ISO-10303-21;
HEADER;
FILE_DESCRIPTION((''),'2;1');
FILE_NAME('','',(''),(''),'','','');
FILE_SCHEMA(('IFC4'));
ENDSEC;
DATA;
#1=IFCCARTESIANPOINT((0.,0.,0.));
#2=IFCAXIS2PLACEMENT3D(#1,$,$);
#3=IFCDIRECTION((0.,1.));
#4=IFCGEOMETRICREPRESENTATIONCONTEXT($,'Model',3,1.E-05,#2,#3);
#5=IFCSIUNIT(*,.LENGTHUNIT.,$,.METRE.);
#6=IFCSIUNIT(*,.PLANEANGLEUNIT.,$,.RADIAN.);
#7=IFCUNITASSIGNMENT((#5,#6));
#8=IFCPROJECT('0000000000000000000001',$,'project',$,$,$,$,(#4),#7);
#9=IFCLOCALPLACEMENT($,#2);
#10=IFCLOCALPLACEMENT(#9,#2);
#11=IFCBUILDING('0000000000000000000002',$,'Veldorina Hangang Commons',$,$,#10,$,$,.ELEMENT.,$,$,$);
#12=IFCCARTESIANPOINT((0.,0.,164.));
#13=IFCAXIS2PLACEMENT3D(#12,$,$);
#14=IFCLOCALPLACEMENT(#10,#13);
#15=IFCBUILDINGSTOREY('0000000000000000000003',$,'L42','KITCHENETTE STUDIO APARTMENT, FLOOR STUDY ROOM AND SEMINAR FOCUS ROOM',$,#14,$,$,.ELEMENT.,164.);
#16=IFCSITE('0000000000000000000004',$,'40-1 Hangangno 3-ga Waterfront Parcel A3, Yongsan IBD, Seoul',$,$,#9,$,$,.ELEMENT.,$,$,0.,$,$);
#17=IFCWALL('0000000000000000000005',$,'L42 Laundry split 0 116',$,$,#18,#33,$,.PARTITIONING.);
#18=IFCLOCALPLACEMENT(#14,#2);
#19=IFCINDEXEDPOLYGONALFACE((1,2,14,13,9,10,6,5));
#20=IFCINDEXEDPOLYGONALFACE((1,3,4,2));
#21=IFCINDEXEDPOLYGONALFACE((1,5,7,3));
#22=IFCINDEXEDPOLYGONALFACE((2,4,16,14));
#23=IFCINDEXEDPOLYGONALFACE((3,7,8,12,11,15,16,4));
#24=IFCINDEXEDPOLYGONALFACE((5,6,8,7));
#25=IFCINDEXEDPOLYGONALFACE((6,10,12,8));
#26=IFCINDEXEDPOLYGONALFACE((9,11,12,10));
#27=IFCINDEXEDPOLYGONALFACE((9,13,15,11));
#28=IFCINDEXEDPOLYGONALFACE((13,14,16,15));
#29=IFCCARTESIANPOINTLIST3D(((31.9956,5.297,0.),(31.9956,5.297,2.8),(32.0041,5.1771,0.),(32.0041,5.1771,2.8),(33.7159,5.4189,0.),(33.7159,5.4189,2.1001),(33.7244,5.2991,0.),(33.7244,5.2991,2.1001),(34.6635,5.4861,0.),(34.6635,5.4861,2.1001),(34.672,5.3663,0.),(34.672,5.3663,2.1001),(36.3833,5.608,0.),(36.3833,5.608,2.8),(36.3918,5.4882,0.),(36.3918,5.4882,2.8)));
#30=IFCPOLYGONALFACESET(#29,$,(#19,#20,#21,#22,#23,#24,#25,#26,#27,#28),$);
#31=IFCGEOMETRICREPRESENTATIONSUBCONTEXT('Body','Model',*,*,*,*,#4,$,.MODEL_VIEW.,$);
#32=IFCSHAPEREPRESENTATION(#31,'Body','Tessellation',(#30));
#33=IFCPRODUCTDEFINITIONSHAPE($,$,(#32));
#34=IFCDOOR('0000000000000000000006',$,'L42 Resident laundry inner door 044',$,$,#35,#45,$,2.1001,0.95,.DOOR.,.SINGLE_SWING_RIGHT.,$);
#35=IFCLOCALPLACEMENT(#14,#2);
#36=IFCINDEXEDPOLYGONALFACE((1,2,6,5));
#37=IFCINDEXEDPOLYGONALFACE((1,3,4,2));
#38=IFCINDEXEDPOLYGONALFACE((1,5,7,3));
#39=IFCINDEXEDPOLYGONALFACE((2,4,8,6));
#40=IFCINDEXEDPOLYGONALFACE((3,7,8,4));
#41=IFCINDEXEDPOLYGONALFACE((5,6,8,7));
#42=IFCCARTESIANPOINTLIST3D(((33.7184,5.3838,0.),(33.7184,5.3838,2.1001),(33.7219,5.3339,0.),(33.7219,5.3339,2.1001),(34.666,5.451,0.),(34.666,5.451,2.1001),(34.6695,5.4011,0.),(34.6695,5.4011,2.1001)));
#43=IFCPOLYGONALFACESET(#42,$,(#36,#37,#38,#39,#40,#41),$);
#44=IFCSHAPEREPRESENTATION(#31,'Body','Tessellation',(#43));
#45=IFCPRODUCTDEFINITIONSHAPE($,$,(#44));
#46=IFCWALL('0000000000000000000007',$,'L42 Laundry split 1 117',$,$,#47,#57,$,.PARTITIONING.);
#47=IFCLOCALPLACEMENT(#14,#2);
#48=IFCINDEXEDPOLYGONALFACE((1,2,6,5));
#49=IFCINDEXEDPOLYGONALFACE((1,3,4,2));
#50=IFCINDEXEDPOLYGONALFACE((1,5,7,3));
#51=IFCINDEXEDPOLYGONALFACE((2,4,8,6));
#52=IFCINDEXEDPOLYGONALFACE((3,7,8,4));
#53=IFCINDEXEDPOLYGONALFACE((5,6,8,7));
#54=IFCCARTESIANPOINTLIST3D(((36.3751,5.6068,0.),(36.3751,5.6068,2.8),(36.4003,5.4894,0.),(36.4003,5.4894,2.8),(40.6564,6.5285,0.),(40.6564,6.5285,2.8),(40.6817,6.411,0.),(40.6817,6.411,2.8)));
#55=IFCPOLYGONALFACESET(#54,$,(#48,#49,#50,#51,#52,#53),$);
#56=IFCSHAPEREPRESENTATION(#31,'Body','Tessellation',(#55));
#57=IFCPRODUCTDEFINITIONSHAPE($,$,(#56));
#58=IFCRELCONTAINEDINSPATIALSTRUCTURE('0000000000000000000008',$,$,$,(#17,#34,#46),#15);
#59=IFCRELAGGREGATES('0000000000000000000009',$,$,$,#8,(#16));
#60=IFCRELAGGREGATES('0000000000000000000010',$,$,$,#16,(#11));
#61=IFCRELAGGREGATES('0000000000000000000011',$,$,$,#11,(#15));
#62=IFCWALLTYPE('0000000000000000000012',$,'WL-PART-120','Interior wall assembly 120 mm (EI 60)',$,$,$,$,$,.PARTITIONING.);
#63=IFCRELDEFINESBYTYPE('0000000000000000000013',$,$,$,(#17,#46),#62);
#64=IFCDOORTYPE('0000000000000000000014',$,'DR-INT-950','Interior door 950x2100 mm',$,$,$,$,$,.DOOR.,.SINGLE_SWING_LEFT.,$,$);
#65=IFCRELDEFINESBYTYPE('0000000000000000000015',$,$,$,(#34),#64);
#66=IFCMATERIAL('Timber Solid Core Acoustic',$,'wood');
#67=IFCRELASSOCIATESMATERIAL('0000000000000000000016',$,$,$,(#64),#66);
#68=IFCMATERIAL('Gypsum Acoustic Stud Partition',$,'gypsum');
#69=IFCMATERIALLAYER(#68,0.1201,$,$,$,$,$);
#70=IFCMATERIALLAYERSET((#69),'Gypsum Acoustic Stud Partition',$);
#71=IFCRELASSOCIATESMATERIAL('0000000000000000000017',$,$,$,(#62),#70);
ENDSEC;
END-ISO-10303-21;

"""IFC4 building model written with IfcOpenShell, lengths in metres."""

from ifc_helpers import new_model, si_unit, direction, frame, frame_2d, origin, place, context, subcontext, project, spatial, rectangle, extrude, material, layer, layer_set, type_object, element, fill, save


model = new_model("IFC4")

# Units and contexts
model_context = context("Model", 3, precision=1e-05, world=origin(), true_north=direction((0.0, 1.0)))
body_context = subcontext(model_context, "Body", "Model", "MODEL_VIEW")
ifc_project = project(units=[si_unit("LENGTHUNIT", "METRE"), si_unit("PLANEANGLEUNIT", "RADIAN")], contexts=[model_context])

# Site, building, storey
site_placement = place(None, origin())
site = spatial("IfcSite", under=ifc_project, at=site_placement, Name="40-1 Hangangno 3-ga Waterfront Parcel A3, Yongsan IBD, Seoul", CompositionType="ELEMENT", RefElevation=0.0)
building_placement = place(site_placement, origin())
building = spatial("IfcBuilding", under=site, at=building_placement, Name="Veldorina Hangang Commons", CompositionType="ELEMENT")
storey_placement = place(building_placement, frame((0.0, 0.0, 164.0)))
storey = spatial("IfcBuildingStorey", under=building, at=storey_placement, Name="L42", Description="KITCHENETTE STUDIO APARTMENT, FLOOR STUDY ROOM AND SEMINAR FOCUS ROOM", CompositionType="ELEMENT", Elevation=164.0)

# Shared definitions
ifc_material_1 = material(Name="Timber Solid Core Acoustic", Category="wood")
door_type_1 = type_object("IfcDoorType", Name="DR-INT-950", Description="Interior door 950x2100 mm", OperationType="SINGLE_SWING_LEFT", PredefinedType="DOOR", material=ifc_material_1)

# Shared definitions
ifc_material_2 = material(Name="Gypsum Acoustic Stud Partition", Category="gypsum")
ifc_layer_1 = layer(ifc_material_2, 0.1201)
ifc_layer_set_1 = layer_set([ifc_layer_1], Name="Gypsum Acoustic Stud Partition")
wall_type_1 = type_object("IfcWallType", Name="WL-PART-120", Description="Interior wall assembly 120 mm (EI 60)", PredefinedType="PARTITIONING", material=ifc_layer_set_1)

# Wall, opening, door
wall_1_placement = place(storey_placement, frame((32.0, 5.2371, 0.0), z_axis=(0.0, 0.0, 1.0), x_axis=(0.997497, 0.070711, 0.0)))
wall_1 = element("IfcWall", 1, at=wall_1_placement, inside=storey, type_object=wall_type_1, Name="L42 Laundry split 0 116", PredefinedType="PARTITIONING", context=body_context, shape_type="SweptSolid", body=[
    extrude(rectangle(XDim=4.3987, YDim=0.1201, at=frame_2d((2.1992, 0.0))), origin(), (0.0, 0.0, 1.0), 2.8),
])
opening_1_placement = place(wall_1_placement, frame((1.7244, 0.0, 0.0)))
opening_1 = element("IfcOpeningElement", 2, at=opening_1_placement, cuts=wall_1, PredefinedType="OPENING", context=body_context, shape_type="SweptSolid", body=[
    extrude(rectangle(XDim=0.95, YDim=2.1001, at=frame_2d((0.4751, 1.05))), frame((0.0, 0.0701, 0.0), z_axis=(0.0, -1.0, 0.0), x_axis=(1.0, 0.0, 0.0)), (0.0, 0.0, 1.0), 0.1401),
])
door_1_placement = place(opening_1_placement, origin())
door_1 = element("IfcDoor", 3, at=door_1_placement, inside=storey, type_object=door_type_1, Name="L42 Resident laundry inner door 044", OperationType="SINGLE_SWING_RIGHT", OverallHeight=2.1001, OverallWidth=0.95, PredefinedType="DOOR", context=body_context, shape_type="SweptSolid", body=[
    extrude(rectangle(XDim=0.95, YDim=2.1001, at=frame_2d((0.4751, 1.05))), frame((0.0, 0.0249, 0.0), z_axis=(0.0, -1.0, 0.0), x_axis=(1.0, 0.0, 0.0)), (0.0, 0.0, 1.0), 0.05),
])
fill(opening_1, door_1)

# Wall
wall_2_placement = place(storey_placement, frame((36.3877, 5.5481, 0.0), z_axis=(0.0, 0.0, 1.0), x_axis=(0.977605, 0.21045, 0.0)))
element("IfcWall", 4, at=wall_2_placement, inside=storey, type_object=wall_type_1, Name="L42 Laundry split 1 117", PredefinedType="PARTITIONING", context=body_context, shape_type="SweptSolid", body=[
    extrude(rectangle(XDim=4.3794, YDim=0.1201, at=frame_2d((2.1897, 0.0))), origin(), (0.0, 0.0, 1.0), 2.8),
])

save(model, "model.ifc")
